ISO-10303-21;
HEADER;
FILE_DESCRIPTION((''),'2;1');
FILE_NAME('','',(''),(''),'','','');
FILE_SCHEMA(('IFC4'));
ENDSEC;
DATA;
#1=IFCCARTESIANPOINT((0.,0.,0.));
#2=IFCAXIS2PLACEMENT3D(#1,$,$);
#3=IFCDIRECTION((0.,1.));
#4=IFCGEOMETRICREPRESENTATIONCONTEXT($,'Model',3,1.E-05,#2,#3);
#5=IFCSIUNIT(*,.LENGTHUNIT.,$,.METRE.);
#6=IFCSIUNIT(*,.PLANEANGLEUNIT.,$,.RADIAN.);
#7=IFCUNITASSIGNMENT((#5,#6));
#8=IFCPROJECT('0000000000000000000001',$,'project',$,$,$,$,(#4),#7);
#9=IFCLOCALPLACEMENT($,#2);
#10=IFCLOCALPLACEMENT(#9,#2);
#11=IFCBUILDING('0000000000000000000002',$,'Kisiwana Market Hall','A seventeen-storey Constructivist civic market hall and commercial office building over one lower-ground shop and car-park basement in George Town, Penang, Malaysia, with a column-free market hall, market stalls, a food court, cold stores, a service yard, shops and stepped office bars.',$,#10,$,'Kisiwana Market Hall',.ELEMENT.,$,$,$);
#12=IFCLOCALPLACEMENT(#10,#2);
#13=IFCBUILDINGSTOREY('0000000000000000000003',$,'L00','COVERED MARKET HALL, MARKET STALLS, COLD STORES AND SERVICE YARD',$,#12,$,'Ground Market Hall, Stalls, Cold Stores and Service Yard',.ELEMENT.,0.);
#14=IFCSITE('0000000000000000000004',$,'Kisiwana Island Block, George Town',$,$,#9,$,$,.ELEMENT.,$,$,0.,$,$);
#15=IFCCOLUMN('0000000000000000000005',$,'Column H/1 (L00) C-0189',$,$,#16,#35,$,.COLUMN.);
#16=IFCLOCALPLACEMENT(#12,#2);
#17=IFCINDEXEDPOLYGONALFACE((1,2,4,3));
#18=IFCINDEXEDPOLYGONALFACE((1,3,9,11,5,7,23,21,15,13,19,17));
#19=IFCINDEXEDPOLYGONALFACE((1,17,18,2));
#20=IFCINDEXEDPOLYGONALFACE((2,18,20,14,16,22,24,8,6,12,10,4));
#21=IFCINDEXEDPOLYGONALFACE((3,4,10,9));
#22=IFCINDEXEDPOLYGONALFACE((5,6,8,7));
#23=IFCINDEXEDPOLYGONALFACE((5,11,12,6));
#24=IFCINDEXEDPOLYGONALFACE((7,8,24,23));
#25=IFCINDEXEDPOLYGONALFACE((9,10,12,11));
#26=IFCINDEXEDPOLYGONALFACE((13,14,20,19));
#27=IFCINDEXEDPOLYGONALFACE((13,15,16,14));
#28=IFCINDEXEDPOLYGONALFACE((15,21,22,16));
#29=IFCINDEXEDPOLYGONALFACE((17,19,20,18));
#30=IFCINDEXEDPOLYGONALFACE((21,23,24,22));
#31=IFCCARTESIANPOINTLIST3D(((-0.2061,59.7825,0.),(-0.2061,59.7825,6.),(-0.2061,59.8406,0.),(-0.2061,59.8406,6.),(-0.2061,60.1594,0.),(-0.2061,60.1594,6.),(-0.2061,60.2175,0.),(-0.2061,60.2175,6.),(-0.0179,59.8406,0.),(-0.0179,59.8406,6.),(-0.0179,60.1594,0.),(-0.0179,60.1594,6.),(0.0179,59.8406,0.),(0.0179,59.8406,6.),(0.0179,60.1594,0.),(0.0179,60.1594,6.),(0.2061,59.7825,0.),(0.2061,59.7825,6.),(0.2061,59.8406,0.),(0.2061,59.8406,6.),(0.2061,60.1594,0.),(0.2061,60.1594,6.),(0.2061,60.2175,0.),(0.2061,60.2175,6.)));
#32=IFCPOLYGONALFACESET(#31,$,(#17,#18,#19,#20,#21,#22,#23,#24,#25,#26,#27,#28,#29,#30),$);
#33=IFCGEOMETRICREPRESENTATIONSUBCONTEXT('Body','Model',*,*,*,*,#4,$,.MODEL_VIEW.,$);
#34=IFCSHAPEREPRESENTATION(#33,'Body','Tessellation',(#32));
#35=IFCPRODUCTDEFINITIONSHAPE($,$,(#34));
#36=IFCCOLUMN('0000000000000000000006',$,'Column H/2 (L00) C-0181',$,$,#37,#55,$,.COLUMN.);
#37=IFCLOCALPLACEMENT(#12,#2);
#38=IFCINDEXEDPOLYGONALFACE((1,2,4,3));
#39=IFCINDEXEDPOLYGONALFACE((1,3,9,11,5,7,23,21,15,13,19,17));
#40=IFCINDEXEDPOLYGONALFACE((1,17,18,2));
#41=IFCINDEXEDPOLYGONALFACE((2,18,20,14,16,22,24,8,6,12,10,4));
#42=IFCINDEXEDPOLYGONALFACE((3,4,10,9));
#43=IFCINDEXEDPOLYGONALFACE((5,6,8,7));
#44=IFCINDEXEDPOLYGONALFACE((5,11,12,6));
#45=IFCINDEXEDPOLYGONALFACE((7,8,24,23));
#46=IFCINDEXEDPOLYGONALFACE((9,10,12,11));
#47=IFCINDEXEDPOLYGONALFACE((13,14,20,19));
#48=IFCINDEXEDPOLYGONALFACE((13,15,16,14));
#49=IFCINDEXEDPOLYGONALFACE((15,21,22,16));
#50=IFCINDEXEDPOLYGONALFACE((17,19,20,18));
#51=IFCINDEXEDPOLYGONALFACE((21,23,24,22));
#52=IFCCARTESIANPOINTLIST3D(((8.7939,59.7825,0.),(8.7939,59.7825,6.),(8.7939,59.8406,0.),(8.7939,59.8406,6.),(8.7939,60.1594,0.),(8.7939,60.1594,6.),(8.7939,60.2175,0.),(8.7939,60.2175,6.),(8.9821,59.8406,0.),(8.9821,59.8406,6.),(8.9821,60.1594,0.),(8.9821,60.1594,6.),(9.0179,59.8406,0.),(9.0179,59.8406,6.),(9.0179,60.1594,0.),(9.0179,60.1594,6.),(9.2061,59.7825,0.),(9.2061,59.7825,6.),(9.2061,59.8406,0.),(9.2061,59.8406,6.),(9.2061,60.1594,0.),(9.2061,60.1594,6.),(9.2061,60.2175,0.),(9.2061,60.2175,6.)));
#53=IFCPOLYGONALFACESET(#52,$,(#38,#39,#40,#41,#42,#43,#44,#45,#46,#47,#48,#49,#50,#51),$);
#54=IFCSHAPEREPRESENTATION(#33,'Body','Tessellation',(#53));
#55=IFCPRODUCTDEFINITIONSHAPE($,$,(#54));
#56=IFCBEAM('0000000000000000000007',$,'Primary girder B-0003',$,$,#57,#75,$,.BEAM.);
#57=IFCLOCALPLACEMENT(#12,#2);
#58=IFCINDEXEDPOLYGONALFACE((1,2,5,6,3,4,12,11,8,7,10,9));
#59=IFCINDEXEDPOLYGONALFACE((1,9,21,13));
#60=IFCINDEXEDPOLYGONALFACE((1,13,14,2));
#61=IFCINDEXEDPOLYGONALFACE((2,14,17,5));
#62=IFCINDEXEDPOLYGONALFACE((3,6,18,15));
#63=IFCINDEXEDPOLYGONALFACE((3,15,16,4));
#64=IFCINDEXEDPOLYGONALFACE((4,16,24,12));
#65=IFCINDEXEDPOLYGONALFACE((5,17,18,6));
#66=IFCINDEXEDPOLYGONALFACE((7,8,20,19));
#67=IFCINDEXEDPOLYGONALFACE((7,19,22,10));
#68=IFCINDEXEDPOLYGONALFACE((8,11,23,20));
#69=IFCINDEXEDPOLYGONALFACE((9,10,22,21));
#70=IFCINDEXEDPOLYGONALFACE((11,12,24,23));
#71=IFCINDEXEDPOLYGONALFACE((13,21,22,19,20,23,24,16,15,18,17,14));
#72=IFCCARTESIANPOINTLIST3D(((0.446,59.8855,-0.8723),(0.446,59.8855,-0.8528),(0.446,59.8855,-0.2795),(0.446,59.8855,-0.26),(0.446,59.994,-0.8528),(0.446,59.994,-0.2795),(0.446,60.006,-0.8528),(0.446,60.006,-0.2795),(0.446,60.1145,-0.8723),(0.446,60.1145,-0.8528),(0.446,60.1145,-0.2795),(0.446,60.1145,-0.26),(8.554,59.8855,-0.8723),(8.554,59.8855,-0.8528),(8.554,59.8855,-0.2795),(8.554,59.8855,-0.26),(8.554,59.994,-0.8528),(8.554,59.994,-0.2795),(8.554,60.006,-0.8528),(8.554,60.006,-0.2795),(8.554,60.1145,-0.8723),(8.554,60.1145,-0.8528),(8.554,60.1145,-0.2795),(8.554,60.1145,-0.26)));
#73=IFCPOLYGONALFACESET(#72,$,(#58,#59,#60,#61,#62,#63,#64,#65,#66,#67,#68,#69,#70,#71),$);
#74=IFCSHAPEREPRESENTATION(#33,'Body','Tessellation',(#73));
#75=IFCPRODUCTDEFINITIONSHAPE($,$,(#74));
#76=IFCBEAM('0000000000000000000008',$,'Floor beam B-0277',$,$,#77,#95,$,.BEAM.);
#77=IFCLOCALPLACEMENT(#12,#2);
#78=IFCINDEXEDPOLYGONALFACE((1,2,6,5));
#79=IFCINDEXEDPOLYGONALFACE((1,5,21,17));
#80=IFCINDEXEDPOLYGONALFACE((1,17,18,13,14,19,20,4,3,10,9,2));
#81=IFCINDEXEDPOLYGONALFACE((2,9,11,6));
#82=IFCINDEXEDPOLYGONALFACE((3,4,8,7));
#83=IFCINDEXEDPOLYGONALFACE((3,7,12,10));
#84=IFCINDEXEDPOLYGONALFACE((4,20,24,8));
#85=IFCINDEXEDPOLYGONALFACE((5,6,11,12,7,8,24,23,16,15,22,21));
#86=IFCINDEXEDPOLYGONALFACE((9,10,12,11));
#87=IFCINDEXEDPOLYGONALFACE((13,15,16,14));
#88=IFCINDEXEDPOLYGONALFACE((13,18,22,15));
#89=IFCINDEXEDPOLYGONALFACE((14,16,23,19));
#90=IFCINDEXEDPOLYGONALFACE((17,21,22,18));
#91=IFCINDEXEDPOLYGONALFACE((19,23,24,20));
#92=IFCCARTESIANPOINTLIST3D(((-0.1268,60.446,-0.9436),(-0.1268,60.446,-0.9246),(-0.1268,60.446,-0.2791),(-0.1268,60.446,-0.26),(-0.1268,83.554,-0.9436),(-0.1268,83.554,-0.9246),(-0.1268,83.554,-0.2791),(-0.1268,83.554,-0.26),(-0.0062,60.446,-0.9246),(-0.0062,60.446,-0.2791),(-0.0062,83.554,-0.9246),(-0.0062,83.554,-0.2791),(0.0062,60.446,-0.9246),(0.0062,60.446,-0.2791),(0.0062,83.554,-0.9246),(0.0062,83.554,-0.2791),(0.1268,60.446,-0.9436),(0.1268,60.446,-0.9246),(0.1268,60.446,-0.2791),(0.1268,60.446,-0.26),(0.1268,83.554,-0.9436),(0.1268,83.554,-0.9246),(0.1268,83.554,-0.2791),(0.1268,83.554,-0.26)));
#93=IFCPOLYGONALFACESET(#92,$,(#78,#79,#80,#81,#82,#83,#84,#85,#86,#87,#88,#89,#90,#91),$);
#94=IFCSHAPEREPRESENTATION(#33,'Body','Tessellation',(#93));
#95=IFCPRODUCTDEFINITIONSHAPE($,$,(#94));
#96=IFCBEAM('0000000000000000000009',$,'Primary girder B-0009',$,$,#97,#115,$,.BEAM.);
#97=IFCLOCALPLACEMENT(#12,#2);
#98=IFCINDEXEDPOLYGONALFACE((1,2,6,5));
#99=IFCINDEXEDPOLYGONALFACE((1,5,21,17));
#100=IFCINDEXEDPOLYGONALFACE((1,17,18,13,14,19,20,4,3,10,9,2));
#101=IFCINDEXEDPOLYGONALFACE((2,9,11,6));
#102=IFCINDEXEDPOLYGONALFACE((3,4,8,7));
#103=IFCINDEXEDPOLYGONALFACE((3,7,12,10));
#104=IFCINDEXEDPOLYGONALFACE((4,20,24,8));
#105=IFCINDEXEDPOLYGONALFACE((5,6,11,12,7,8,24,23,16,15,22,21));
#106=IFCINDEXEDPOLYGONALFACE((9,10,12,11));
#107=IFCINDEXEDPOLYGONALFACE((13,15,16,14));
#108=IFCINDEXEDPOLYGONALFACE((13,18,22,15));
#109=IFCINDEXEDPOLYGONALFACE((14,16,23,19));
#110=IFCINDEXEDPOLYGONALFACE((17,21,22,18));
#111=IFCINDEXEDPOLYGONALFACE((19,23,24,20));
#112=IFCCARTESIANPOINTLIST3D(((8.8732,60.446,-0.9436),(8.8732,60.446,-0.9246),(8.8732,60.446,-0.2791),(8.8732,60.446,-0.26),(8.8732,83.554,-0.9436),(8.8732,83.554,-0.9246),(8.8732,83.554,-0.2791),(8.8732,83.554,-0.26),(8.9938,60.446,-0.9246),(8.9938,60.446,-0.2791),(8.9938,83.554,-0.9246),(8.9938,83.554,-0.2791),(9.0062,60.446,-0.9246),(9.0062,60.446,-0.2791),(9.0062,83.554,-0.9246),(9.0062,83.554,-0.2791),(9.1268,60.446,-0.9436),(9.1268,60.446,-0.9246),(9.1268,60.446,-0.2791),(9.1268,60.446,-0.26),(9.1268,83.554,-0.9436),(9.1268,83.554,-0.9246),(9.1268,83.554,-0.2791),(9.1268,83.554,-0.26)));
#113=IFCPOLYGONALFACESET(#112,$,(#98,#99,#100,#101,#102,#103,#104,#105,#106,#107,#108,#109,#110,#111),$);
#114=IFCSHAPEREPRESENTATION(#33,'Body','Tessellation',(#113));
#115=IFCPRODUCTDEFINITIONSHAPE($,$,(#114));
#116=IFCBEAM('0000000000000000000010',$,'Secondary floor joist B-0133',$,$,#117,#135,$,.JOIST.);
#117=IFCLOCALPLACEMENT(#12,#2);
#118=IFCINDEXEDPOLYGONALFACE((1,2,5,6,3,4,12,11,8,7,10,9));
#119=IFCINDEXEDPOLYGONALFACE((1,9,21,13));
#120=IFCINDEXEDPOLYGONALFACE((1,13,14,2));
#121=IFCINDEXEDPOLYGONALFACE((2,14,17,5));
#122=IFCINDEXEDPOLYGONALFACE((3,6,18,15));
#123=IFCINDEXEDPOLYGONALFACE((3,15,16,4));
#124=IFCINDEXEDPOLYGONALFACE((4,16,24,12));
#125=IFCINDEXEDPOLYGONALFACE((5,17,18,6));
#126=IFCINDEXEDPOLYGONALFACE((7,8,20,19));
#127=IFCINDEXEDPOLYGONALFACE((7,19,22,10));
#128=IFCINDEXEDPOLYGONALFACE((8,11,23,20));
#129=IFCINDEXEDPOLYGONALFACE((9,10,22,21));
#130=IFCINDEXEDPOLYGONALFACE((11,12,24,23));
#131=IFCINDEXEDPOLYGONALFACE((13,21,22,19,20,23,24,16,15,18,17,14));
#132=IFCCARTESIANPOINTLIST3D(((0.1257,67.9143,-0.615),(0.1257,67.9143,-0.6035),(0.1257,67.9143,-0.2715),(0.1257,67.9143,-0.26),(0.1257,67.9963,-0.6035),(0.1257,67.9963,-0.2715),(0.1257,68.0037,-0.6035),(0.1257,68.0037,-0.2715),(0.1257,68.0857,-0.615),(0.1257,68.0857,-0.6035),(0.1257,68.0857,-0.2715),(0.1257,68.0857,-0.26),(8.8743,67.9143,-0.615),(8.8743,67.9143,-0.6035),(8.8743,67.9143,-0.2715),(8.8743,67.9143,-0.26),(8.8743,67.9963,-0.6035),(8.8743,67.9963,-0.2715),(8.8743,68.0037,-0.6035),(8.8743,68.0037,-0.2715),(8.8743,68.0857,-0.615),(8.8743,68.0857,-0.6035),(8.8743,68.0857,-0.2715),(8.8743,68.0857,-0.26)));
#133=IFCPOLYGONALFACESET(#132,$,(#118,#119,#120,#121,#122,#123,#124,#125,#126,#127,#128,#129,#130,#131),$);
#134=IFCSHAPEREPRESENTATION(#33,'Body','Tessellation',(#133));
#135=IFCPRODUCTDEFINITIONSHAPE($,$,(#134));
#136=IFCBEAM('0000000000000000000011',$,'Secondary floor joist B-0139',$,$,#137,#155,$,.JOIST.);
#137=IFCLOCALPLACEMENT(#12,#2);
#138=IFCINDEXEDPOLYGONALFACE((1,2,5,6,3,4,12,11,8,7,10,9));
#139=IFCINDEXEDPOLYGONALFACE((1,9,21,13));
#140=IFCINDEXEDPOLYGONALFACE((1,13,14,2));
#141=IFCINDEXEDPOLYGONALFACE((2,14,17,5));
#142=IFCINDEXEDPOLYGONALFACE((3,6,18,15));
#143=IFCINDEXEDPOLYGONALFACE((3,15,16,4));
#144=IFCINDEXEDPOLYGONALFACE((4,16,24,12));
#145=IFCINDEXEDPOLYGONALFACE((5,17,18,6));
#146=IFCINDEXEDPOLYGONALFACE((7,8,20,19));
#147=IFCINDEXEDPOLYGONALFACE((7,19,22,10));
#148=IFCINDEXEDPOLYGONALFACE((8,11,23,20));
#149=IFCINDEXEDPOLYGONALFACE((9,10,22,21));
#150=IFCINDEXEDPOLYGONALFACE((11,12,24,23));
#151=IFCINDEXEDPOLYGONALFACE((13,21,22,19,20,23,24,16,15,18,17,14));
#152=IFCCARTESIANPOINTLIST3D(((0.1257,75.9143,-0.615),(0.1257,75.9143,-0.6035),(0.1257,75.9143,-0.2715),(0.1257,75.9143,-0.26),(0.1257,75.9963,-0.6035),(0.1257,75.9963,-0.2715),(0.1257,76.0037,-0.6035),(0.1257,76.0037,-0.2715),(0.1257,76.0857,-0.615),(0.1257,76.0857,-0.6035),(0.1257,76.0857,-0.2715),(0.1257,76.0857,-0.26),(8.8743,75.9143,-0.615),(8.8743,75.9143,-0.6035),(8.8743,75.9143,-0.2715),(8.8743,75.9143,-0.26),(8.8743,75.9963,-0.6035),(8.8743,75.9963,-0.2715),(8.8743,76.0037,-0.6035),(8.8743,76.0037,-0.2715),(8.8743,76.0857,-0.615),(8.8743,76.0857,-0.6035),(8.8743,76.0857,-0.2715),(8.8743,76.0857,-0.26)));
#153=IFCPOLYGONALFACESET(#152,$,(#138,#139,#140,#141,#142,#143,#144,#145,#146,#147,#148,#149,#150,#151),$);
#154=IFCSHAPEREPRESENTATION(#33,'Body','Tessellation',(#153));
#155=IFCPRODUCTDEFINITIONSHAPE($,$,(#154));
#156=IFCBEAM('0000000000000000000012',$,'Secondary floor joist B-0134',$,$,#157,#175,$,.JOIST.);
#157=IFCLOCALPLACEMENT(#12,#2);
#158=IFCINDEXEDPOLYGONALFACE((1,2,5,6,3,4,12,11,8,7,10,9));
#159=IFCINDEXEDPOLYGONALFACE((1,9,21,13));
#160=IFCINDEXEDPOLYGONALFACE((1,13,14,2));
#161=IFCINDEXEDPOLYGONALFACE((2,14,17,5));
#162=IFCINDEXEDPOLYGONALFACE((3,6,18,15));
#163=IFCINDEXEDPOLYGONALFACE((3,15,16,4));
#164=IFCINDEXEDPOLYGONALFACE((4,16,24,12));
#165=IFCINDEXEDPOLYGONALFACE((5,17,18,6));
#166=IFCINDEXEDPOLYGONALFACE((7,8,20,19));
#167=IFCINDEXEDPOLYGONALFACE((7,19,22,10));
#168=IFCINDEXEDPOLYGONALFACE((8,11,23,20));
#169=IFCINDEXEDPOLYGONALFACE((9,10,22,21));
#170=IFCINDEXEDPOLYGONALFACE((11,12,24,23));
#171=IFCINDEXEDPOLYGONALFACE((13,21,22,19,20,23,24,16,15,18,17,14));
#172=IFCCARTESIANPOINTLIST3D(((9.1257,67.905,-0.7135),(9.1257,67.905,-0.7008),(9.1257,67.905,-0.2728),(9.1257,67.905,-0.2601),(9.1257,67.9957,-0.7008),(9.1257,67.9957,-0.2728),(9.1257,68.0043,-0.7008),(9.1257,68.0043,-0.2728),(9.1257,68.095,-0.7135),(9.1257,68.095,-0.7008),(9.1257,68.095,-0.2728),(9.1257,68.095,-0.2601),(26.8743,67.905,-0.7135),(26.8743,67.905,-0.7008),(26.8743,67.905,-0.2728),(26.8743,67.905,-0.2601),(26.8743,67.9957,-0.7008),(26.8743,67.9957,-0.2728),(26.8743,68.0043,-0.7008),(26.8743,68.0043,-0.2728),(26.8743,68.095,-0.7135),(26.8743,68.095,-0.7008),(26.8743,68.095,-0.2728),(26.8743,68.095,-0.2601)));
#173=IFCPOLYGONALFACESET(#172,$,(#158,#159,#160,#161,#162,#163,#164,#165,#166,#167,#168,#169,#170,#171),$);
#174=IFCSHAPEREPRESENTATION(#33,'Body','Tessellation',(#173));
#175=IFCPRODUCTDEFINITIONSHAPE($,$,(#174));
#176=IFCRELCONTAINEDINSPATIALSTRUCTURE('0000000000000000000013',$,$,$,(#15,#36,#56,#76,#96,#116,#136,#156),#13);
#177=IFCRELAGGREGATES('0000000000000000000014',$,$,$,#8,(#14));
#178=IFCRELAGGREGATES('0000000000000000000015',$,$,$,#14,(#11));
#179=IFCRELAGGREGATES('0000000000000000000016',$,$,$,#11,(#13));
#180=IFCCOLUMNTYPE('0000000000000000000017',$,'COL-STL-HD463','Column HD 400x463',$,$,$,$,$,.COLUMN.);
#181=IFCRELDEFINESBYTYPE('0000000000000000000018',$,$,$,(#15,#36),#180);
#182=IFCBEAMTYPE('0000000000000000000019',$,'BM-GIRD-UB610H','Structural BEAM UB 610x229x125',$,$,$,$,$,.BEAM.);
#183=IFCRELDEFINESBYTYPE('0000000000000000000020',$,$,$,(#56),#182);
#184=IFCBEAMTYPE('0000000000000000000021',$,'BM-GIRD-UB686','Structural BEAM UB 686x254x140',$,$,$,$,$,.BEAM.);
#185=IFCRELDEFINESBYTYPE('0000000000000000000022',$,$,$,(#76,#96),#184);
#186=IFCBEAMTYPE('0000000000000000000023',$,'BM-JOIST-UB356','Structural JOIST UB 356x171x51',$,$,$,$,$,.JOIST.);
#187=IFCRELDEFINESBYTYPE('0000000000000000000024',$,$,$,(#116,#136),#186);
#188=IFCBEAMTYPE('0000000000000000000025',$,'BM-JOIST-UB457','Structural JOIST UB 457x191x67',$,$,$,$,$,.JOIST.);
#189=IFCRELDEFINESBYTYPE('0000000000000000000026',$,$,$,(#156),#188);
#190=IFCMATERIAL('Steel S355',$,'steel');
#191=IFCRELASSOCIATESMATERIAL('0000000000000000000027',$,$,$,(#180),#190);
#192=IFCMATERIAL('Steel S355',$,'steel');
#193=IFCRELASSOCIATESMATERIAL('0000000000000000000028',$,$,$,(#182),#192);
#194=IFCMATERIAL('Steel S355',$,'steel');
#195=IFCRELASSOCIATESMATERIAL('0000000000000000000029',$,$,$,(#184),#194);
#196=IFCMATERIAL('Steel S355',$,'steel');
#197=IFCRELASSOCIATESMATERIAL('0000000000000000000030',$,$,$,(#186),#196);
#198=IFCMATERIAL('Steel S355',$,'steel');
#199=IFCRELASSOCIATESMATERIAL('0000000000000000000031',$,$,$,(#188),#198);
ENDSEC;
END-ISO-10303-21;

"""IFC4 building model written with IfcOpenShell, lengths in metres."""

from ifc_helpers import new_model, si_unit, direction, frame, origin, origin_2d, place, context, subcontext, project, spatial, i_section, extrude, material, material_profile, profile_set, type_object, element, save


model = new_model("IFC4")

# Units and contexts
model_context = context("Model", 3, precision=1e-05, world=origin(), true_north=direction((0.0, 1.0)))
body_context = subcontext(model_context, "Body", "Model", "MODEL_VIEW")
ifc_project = project(units=[si_unit("LENGTHUNIT", "METRE"), si_unit("PLANEANGLEUNIT", "RADIAN")], contexts=[model_context])

# Site, building, storey
site_placement = place(None, origin())
site = spatial("IfcSite", under=ifc_project, at=site_placement, Name="Kisiwana Island Block, George Town", CompositionType="ELEMENT", RefElevation=0.0)
building_placement = place(site_placement, origin())
building = spatial("IfcBuilding", under=site, at=building_placement, Name="Kisiwana Market Hall", Description="A seventeen-storey Constructivist civic market hall and commercial office building over one lower-ground shop and car-park basement in George Town, Penang, Malaysia, with a column-free market hall, market stalls, a food court, cold stores, a service yard, shops and stepped office bars.", LongName="Kisiwana Market Hall", CompositionType="ELEMENT")
storey_placement = place(building_placement, origin())
storey = spatial("IfcBuildingStorey", under=building, at=storey_placement, Name="L00", Description="COVERED MARKET HALL, MARKET STALLS, COLD STORES AND SERVICE YARD", LongName="Ground Market Hall, Stalls, Cold Stores and Service Yard", CompositionType="ELEMENT", Elevation=0.0)

# Columns
ifc_material_1 = material(Name="Steel S355", Category="steel")
ifc_material_profile_1 = material_profile(ifc_material_1, i_section(OverallWidth=0.4121, OverallDepth=0.4351, WebThickness=0.0359, FlangeThickness=0.0581, at=origin_2d()), Name="HD 400x463")
ifc_profile_set_1 = profile_set([ifc_material_profile_1], Name="Steel S355")
column_type = type_object("IfcColumnType", Name="COL-STL-HD463", Description="Column HD 400x463", PredefinedType="COLUMN", material=ifc_profile_set_1)
for number, where, z_axis, x_axis, name in (
    (1, (0.0, 60.0, 0.0), (0.0, 0.0, 1.0), (1.0, 0.0, 0.0), "Column H/1 (L00) C-0189"),
    (2, (9.0, 60.0, 0.0), (0.0, 0.0, 1.0), (1.0, 0.0, 0.0), "Column H/2 (L00) C-0181"),
):
    element("IfcColumn", number, at=place(storey_placement, frame(where, z_axis=z_axis, x_axis=x_axis)), inside=storey, type_object=column_type, Name=name, PredefinedType="COLUMN", context=body_context, shape_type="SweptSolid", body=[
        extrude(i_section(OverallWidth=0.4121, OverallDepth=0.4351, WebThickness=0.0359, FlangeThickness=0.0581, at=origin_2d()), origin(), (0.0, 0.0, 1.0), 6.0),
    ])

# Beams
ifc_material_2 = material(Name="Steel S355", Category="steel")
ifc_material_profile_2 = material_profile(ifc_material_2, i_section(OverallWidth=0.229, OverallDepth=0.6123, WebThickness=0.012, FlangeThickness=0.0195, at=origin_2d()), Name="UB 610x229x125")
ifc_profile_set_2 = profile_set([ifc_material_profile_2], Name="Steel S355")
beam_type_1 = type_object("IfcBeamType", Name="BM-GIRD-UB610H", Description="Structural BEAM UB 610x229x125", PredefinedType="BEAM", material=ifc_profile_set_2)
beam_placement = place(storey_placement, frame((0.446, 60.0, -0.5662), z_axis=(1.0, 0.0, 0.0), x_axis=(0.0, 1.0, 0.0)))
element("IfcBeam", 3, at=beam_placement, inside=storey, type_object=beam_type_1, Name="Primary girder B-0003", PredefinedType="BEAM", context=body_context, shape_type="SweptSolid", body=[
    extrude(i_section(OverallWidth=0.229, OverallDepth=0.6123, WebThickness=0.012, FlangeThickness=0.0195, at=origin_2d()), origin(), (0.0, 0.0, 1.0), 8.1079),
])
ifc_material_3 = material(Name="Steel S355", Category="steel")
ifc_material_profile_3 = material_profile(ifc_material_3, i_section(OverallWidth=0.2537, OverallDepth=0.6836, WebThickness=0.0125, FlangeThickness=0.019, at=origin_2d()), Name="UB 686x254x140")
ifc_profile_set_3 = profile_set([ifc_material_profile_3], Name="Steel S355")
beam_type_2 = type_object("IfcBeamType", Name="BM-GIRD-UB686", Description="Structural BEAM UB 686x254x140", PredefinedType="BEAM", material=ifc_profile_set_3)
for number, where, z_axis, x_axis, name in (
    (4, (0.0, 60.446, -0.6018), (0.0, 1.0, 0.0), (-1.0, 0.0, 0.0), "Floor beam B-0277"),
    (5, (9.0, 60.446, -0.6018), (0.0, 1.0, 0.0), (-1.0, 0.0, 0.0), "Primary girder B-0009"),
):
    element("IfcBeam", number, at=place(storey_placement, frame(where, z_axis=z_axis, x_axis=x_axis)), inside=storey, type_object=beam_type_2, Name=name, PredefinedType="BEAM", context=body_context, shape_type="SweptSolid", body=[
        extrude(i_section(OverallWidth=0.2537, OverallDepth=0.6836, WebThickness=0.0125, FlangeThickness=0.019, at=origin_2d()), origin(), (0.0, 0.0, 1.0), 23.1079),
    ])
ifc_material_4 = material(Name="Steel S355", Category="steel")
ifc_material_profile_4 = material_profile(ifc_material_4, i_section(OverallWidth=0.1714, OverallDepth=0.355, WebThickness=0.0073, FlangeThickness=0.0115, at=origin_2d()), Name="UB 356x171x51")
ifc_profile_set_4 = profile_set([ifc_material_profile_4], Name="Steel S355")
beam_type_3 = type_object("IfcBeamType", Name="BM-JOIST-UB356", Description="Structural JOIST UB 356x171x51", PredefinedType="JOIST", material=ifc_profile_set_4)
for number, where, z_axis, x_axis, name in (
    (6, (0.1257, 68.0, -0.4375), (1.0, 0.0, 0.0), (0.0, 1.0, 0.0), "Secondary floor joist B-0133"),
    (7, (0.1257, 76.0, -0.4375), (1.0, 0.0, 0.0), (0.0, 1.0, 0.0), "Secondary floor joist B-0139"),
):
    element("IfcBeam", number, at=place(storey_placement, frame(where, z_axis=z_axis, x_axis=x_axis)), inside=storey, type_object=beam_type_3, Name=name, PredefinedType="JOIST", context=body_context, shape_type="SweptSolid", body=[
        extrude(i_section(OverallWidth=0.1714, OverallDepth=0.355, WebThickness=0.0073, FlangeThickness=0.0115, at=origin_2d()), origin(), (0.0, 0.0, 1.0), 8.7485),
    ])
ifc_material_5 = material(Name="Steel S355", Category="steel")
ifc_material_profile_5 = material_profile(ifc_material_5, i_section(OverallWidth=0.1899, OverallDepth=0.4534, WebThickness=0.0085, FlangeThickness=0.0127, at=origin_2d()), Name="UB 457x191x67")
ifc_profile_set_5 = profile_set([ifc_material_profile_5], Name="Steel S355")
beam_type_4 = type_object("IfcBeamType", Name="BM-JOIST-UB457", Description="Structural JOIST UB 457x191x67", PredefinedType="JOIST", material=ifc_profile_set_5)
for number, where, z_axis, x_axis, name in (
    (8, (9.1257, 68.0, -0.4868), (1.0, 0.0, 0.0), (0.0, 1.0, 0.0), "Secondary floor joist B-0134"),
):
    element("IfcBeam", number, at=place(storey_placement, frame(where, z_axis=z_axis, x_axis=x_axis)), inside=storey, type_object=beam_type_4, Name=name, PredefinedType="JOIST", context=body_context, shape_type="SweptSolid", body=[
        extrude(i_section(OverallWidth=0.1899, OverallDepth=0.4534, WebThickness=0.0085, FlangeThickness=0.0127, at=origin_2d()), origin(), (0.0, 0.0, 1.0), 17.7485),
    ])

save(model, "model.ifc")
